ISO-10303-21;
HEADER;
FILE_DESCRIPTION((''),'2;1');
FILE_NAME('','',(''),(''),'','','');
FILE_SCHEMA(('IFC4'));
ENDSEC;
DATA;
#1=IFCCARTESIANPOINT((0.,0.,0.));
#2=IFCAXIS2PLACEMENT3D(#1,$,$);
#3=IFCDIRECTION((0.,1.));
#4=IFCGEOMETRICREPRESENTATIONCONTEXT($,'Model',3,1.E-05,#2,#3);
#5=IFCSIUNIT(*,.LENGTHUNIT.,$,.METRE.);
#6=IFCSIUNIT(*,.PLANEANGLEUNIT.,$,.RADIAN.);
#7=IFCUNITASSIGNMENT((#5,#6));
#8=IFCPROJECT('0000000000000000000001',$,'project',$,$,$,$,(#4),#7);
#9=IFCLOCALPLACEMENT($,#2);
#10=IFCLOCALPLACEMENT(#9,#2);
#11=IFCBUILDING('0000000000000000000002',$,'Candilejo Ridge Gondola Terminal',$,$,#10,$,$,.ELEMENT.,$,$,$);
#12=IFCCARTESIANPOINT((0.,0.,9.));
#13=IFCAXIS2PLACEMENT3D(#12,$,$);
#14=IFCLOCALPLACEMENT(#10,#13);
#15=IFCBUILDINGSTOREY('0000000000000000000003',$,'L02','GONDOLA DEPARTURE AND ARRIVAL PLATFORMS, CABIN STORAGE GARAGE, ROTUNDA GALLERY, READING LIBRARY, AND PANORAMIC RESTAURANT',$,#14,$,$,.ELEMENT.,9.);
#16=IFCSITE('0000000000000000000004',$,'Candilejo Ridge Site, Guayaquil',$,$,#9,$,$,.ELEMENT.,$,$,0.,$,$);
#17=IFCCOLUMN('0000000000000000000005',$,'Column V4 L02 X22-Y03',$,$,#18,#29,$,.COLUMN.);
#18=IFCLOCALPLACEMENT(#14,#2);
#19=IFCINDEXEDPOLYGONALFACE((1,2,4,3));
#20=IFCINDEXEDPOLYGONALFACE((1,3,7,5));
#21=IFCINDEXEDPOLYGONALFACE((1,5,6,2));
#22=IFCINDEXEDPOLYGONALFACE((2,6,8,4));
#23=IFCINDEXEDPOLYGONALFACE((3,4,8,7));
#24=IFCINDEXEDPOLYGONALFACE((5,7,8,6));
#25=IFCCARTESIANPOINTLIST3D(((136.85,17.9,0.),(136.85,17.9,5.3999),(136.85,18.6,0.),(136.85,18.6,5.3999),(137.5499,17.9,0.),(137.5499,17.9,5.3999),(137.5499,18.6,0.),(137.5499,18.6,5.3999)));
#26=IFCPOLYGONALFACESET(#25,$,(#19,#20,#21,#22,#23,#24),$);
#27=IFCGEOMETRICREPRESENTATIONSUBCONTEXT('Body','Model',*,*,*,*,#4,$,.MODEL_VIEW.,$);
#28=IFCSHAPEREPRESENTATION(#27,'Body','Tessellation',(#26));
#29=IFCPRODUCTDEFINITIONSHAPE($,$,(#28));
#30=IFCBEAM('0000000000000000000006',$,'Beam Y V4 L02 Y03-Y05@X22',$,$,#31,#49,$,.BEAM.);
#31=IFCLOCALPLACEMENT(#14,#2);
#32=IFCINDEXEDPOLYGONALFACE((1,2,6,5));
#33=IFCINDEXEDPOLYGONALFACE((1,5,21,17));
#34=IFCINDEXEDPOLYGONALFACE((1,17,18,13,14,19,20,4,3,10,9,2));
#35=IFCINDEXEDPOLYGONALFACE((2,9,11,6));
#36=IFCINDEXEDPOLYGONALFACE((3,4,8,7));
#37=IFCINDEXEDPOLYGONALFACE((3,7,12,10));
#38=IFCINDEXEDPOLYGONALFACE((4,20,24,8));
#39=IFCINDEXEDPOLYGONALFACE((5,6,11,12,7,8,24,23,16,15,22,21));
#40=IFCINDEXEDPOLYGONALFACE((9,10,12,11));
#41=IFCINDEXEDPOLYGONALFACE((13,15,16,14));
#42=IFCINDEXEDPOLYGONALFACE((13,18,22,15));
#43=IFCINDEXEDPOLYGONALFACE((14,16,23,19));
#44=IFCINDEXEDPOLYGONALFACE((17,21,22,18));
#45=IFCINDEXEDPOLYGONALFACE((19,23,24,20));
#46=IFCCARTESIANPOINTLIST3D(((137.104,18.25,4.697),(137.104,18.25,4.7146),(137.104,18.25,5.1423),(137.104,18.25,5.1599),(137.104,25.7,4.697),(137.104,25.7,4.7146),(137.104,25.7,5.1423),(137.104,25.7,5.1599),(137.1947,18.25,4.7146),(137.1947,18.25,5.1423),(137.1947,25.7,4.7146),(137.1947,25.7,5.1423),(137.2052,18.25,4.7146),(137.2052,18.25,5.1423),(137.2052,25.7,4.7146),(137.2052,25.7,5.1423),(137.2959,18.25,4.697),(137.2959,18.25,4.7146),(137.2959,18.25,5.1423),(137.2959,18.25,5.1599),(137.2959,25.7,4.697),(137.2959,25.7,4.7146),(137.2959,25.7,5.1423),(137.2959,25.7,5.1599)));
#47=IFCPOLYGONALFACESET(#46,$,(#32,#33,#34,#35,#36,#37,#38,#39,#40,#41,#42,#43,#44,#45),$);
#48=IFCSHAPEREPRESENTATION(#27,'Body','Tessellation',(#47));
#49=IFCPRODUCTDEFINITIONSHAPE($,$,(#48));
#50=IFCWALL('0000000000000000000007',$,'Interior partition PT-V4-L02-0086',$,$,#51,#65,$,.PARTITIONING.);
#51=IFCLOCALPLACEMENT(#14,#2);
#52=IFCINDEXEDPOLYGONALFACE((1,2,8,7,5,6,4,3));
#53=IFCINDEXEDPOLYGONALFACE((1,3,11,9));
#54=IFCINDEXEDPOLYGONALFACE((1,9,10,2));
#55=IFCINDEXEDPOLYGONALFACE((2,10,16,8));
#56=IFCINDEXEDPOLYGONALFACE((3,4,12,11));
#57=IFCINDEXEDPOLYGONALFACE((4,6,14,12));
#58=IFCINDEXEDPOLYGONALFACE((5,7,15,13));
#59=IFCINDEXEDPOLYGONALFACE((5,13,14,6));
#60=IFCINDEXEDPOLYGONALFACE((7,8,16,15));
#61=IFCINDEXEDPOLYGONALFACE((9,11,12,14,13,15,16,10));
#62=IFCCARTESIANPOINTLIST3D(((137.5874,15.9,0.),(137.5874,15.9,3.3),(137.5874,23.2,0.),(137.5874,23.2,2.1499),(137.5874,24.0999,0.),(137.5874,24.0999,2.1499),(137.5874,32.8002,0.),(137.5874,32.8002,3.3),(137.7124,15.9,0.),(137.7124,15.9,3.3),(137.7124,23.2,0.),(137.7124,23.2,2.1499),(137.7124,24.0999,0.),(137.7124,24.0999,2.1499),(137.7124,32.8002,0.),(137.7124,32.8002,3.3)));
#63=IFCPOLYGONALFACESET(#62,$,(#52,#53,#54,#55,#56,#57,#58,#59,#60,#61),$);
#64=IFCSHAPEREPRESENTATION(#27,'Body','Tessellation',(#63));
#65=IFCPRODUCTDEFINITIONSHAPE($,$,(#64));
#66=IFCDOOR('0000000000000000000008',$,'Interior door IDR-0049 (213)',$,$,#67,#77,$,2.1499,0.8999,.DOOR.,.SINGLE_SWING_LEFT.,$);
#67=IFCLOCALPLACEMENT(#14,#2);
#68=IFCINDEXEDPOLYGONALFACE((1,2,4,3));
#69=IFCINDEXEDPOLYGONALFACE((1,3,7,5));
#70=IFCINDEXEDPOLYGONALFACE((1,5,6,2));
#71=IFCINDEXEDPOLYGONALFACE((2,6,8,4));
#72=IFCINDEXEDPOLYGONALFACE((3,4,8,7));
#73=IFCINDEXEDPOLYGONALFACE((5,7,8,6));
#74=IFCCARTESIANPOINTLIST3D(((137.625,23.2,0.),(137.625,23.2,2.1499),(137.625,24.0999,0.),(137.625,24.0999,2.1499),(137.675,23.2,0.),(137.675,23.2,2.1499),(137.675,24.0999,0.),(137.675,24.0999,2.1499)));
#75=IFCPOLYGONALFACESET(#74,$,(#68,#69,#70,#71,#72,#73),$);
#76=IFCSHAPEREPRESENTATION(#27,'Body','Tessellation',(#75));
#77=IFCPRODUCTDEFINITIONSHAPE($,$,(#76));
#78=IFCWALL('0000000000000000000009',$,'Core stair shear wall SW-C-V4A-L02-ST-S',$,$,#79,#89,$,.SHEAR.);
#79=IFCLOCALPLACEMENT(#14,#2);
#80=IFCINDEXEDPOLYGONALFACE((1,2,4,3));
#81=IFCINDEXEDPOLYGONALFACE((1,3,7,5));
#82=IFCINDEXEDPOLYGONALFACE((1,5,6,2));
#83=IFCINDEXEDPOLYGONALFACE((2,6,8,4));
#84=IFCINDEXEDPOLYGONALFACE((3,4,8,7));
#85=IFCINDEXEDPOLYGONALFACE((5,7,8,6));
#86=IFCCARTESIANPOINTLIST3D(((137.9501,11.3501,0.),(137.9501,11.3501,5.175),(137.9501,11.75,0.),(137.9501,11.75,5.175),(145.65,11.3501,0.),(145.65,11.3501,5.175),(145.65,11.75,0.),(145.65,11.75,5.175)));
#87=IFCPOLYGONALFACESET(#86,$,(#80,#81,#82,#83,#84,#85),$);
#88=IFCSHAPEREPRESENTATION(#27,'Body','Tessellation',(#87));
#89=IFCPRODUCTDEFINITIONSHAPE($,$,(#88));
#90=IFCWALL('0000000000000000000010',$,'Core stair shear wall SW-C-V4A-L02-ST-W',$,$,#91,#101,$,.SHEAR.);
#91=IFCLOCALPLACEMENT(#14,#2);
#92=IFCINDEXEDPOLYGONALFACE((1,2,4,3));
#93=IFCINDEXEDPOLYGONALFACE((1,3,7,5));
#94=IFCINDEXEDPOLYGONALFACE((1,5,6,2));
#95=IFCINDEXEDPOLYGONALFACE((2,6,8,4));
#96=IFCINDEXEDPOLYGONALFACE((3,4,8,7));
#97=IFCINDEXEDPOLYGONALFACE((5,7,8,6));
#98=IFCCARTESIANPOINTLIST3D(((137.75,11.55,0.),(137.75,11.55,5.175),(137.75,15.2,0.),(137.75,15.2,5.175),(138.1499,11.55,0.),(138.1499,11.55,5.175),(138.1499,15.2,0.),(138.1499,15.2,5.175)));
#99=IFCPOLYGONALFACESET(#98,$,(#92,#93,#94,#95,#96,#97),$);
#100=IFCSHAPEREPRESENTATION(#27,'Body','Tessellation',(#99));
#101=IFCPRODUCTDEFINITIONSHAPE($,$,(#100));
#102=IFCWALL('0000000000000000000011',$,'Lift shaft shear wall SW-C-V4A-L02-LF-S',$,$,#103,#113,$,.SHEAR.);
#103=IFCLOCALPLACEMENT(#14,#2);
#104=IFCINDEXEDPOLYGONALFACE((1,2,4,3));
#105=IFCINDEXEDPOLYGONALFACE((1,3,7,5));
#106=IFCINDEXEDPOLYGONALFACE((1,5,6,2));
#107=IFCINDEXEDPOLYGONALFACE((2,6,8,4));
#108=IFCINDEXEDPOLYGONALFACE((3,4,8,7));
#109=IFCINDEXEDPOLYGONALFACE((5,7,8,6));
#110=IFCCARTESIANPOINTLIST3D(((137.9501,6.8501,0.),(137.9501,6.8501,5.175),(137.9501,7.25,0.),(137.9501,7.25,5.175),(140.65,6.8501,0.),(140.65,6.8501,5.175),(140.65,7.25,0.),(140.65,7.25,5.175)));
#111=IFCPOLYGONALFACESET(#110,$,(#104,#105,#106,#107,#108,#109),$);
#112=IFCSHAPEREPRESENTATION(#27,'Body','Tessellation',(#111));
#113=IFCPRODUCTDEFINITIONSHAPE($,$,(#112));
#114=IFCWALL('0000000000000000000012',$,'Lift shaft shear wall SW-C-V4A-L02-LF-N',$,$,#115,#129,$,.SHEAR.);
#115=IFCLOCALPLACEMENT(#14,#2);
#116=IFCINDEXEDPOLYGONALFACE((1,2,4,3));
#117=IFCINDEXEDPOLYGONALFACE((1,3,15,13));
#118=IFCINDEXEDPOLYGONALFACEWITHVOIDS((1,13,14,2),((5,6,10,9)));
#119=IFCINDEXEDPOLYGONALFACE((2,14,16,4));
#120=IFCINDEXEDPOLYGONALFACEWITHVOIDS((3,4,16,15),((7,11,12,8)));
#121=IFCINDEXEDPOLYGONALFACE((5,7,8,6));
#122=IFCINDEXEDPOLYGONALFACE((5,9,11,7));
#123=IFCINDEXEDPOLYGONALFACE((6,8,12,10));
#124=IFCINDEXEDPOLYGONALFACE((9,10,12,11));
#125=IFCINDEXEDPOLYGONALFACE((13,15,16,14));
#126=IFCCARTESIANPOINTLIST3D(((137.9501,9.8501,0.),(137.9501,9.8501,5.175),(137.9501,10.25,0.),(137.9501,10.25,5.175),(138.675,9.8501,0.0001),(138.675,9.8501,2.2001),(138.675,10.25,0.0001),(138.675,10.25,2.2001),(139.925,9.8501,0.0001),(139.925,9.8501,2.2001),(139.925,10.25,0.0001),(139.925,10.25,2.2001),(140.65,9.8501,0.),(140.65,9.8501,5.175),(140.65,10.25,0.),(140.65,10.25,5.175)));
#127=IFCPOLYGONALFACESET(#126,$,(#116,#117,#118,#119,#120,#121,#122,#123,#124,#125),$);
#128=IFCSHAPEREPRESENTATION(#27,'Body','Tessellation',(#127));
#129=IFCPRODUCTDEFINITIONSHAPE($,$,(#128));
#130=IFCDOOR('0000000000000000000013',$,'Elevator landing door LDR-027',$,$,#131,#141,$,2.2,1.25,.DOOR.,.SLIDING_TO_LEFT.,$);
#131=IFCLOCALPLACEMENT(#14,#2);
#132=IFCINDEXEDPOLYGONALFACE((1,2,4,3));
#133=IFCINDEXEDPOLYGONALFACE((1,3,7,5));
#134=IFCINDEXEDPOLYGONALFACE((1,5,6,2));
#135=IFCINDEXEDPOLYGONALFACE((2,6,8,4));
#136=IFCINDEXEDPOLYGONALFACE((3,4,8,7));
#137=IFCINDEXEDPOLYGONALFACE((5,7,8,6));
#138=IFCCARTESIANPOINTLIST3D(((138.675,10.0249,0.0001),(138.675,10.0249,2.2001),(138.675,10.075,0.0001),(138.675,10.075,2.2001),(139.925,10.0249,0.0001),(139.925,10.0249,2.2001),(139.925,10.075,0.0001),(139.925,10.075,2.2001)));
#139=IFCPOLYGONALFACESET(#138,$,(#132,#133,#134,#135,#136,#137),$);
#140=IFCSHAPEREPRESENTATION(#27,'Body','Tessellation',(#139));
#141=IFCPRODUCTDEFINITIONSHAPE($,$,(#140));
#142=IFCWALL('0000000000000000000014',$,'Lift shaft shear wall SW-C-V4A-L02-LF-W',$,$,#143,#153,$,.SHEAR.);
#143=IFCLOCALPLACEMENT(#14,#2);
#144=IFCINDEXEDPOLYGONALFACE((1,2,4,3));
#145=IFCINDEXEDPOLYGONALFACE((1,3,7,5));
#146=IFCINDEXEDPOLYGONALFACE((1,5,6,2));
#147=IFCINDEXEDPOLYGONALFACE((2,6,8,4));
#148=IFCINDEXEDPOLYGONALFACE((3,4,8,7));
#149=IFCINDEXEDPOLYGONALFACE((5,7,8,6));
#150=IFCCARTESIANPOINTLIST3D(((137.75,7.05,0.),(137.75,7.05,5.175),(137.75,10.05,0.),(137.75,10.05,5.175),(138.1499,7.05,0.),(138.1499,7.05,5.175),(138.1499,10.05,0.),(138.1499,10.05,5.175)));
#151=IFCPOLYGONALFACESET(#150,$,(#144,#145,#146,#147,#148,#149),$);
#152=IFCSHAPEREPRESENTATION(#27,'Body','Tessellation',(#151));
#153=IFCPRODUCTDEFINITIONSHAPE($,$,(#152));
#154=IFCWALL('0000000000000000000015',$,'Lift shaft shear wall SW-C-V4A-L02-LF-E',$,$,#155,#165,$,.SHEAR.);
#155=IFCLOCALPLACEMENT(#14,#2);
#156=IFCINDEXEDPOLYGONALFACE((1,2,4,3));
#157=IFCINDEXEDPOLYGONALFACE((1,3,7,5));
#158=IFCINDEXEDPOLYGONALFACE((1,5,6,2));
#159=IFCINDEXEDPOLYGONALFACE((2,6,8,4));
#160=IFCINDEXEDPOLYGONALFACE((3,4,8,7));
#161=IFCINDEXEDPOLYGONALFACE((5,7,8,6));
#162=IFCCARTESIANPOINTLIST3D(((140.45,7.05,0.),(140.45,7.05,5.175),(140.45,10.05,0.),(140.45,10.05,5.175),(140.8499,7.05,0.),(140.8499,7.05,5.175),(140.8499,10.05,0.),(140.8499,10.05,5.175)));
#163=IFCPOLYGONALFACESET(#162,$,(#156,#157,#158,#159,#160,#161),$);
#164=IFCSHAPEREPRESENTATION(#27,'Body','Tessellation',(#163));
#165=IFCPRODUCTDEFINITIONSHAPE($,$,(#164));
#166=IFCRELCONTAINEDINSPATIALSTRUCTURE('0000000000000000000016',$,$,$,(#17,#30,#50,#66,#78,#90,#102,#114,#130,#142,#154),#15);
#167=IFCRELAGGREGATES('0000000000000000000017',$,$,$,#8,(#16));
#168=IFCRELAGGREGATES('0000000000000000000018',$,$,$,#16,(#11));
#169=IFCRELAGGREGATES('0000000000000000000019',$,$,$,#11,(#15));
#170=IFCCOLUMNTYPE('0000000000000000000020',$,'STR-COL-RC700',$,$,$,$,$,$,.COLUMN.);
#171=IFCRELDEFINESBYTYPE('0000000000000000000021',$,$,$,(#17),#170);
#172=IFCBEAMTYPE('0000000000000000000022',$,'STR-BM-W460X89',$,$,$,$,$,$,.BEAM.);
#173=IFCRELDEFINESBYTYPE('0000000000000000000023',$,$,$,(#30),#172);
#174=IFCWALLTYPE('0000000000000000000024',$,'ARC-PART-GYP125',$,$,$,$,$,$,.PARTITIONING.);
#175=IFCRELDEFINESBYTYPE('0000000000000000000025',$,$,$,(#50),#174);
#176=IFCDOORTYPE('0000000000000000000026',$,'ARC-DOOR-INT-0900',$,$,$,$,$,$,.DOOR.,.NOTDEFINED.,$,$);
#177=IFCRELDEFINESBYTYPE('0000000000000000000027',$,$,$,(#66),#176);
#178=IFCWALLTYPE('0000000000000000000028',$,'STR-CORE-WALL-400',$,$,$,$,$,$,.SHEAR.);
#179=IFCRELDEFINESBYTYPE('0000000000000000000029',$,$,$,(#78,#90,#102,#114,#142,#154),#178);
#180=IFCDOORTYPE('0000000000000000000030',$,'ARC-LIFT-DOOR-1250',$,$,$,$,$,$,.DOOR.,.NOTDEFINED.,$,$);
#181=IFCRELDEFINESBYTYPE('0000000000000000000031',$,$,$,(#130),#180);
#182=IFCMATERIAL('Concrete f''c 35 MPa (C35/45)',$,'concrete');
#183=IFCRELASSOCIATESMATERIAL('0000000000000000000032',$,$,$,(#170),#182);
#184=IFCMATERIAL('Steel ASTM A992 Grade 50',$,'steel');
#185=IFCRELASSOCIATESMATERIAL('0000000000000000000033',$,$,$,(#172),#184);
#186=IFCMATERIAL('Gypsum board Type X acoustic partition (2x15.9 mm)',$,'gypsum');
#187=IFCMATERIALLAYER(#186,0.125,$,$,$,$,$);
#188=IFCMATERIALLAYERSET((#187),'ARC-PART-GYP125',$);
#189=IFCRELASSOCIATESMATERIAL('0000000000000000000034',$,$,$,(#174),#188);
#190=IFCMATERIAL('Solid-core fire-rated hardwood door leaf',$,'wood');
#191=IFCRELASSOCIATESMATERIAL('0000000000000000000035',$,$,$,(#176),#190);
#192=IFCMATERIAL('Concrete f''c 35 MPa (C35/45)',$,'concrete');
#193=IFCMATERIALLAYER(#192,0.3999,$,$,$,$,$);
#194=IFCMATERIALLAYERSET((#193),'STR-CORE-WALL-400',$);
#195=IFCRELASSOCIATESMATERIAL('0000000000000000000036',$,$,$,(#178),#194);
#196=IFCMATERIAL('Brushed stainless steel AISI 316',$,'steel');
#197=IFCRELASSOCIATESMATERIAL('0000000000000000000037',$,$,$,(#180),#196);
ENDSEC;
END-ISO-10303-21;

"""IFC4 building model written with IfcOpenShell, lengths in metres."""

from ifc_helpers import new_model, si_unit, direction, frame, frame_2d, origin, origin_2d, place, context, subcontext, project, spatial, rectangle, i_section, extrude, material, layer, layer_set, material_profile, profile_set, type_object, element, fill, save


model = new_model("IFC4")

# Units and contexts
model_context = context("Model", 3, precision=1e-05, world=origin(), true_north=direction((0.0, 1.0)))
body_context = subcontext(model_context, "Body", "Model", "MODEL_VIEW")
ifc_project = project(units=[si_unit("LENGTHUNIT", "METRE"), si_unit("PLANEANGLEUNIT", "RADIAN")], contexts=[model_context])

# Site, building, storey
site_placement = place(None, origin())
site = spatial("IfcSite", under=ifc_project, at=site_placement, Name="Candilejo Ridge Site, Guayaquil", CompositionType="ELEMENT", RefElevation=0.0)
building_placement = place(site_placement, origin())
building = spatial("IfcBuilding", under=site, at=building_placement, Name="Candilejo Ridge Gondola Terminal", CompositionType="ELEMENT")
storey_placement = place(building_placement, frame((0.0, 0.0, 9.0)))
storey = spatial("IfcBuildingStorey", under=building, at=storey_placement, Name="L02", Description="GONDOLA DEPARTURE AND ARRIVAL PLATFORMS, CABIN STORAGE GARAGE, ROTUNDA GALLERY, READING LIBRARY, AND PANORAMIC RESTAURANT", CompositionType="ELEMENT", Elevation=9.0)

# Column
ifc_material_1 = material(Name="Concrete f'c 35 MPa (C35/45)", Category="concrete")
ifc_material_profile_1 = material_profile(ifc_material_1, rectangle(XDim=0.7, YDim=0.7, at=origin_2d()))
ifc_profile_set_1 = profile_set([ifc_material_profile_1], Name="Concrete f'c 35 MPa (C35/45)")
column_type = type_object("IfcColumnType", Name="STR-COL-RC700", PredefinedType="COLUMN", material=ifc_profile_set_1)
column_placement = place(storey_placement, frame((137.2, 18.25, 0.0), z_axis=(0.0, 0.0, 1.0), x_axis=(1.0, 0.0, 0.0)))
element("IfcColumn", 1, at=column_placement, inside=storey, type_object=column_type, Name="Column V4 L02 X22-Y03", PredefinedType="COLUMN", context=body_context, shape_type="SweptSolid", body=[
    extrude(rectangle(XDim=0.7, YDim=0.7, at=origin_2d()), origin(), (0.0, 0.0, 1.0), 5.3999),
])

# Beam
ifc_material_2 = material(Name="Steel ASTM A992 Grade 50", Category="steel")
ifc_material_profile_2 = material_profile(ifc_material_2, i_section(OverallWidth=0.1919, OverallDepth=0.4629, WebThickness=0.0105, FlangeThickness=0.0176, at=origin_2d()))
ifc_profile_set_2 = profile_set([ifc_material_profile_2], Name="Steel ASTM A992 Grade 50")
beam_type = type_object("IfcBeamType", Name="STR-BM-W460X89", PredefinedType="BEAM", material=ifc_profile_set_2)
beam_placement = place(storey_placement, frame((137.2, 18.25, 4.9285), z_axis=(0.0, 1.0, 0.0), x_axis=(-1.0, 0.0, 0.0)))
element("IfcBeam", 2, at=beam_placement, inside=storey, type_object=beam_type, Name="Beam Y V4 L02 Y03-Y05@X22", PredefinedType="BEAM", context=body_context, shape_type="SweptSolid", body=[
    extrude(i_section(OverallWidth=0.1919, OverallDepth=0.4629, WebThickness=0.0105, FlangeThickness=0.0176, at=origin_2d()), origin(), (0.0, 0.0, 1.0), 7.45),
])

# Wall, opening, door
ifc_material_3 = material(Name="Gypsum board Type X acoustic partition (2x15.9 mm)", Category="gypsum")
ifc_layer_1 = layer(ifc_material_3, 0.125)
ifc_layer_set_1 = layer_set([ifc_layer_1], Name="ARC-PART-GYP125")
wall_type_1 = type_object("IfcWallType", Name="ARC-PART-GYP125", PredefinedType="PARTITIONING", material=ifc_layer_set_1)
wall_1_placement = place(storey_placement, frame((137.6499, 15.8999, 0.0), z_axis=(0.0, 0.0, 1.0), x_axis=(0.0, 1.0, 0.0)))
wall_1 = element("IfcWall", 3, at=wall_1_placement, inside=storey, type_object=wall_type_1, Name="Interior partition PT-V4-L02-0086", PredefinedType="PARTITIONING", context=body_context, shape_type="SweptSolid", body=[
    extrude(rectangle(XDim=16.9001, YDim=0.125, at=frame_2d((8.4502, 0.0))), origin(), (0.0, 0.0, 1.0), 3.3),
])
opening_1_placement = place(wall_1_placement, frame((7.3, 0.0, 0.0)))
opening_1 = element("IfcOpeningElement", 4, at=opening_1_placement, cuts=wall_1, PredefinedType="OPENING", context=body_context, shape_type="SweptSolid", body=[
    extrude(rectangle(XDim=0.8999, YDim=2.1499, at=frame_2d((0.45, 1.075))), frame((0.0, 0.0725, 0.0), z_axis=(0.0, -1.0, 0.0), x_axis=(1.0, 0.0, 0.0)), (0.0, 0.0, 1.0), 0.145),
])
ifc_material_4 = material(Name="Solid-core fire-rated hardwood door leaf", Category="wood")
door_type_1 = type_object("IfcDoorType", Name="ARC-DOOR-INT-0900", OperationType="NOTDEFINED", PredefinedType="DOOR", material=ifc_material_4)
door_1_placement = place(opening_1_placement, origin())
door_1 = element("IfcDoor", 5, at=door_1_placement, inside=storey, type_object=door_type_1, Name="Interior door IDR-0049 (213)", OperationType="SINGLE_SWING_LEFT", OverallHeight=2.1499, OverallWidth=0.8999, PredefinedType="DOOR", context=body_context, shape_type="SweptSolid", body=[
    extrude(rectangle(XDim=0.8999, YDim=2.1499, at=frame_2d((0.45, 1.075))), frame((0.0, 0.0249, 0.0), z_axis=(0.0, -1.0, 0.0), x_axis=(1.0, 0.0, 0.0)), (0.0, 0.0, 1.0), 0.05),
])
fill(opening_1, door_1)

# Walls
ifc_material_5 = material(Name="Concrete f'c 35 MPa (C35/45)", Category="concrete")
ifc_layer_2 = layer(ifc_material_5, 0.3999)
ifc_layer_set_2 = layer_set([ifc_layer_2], Name="STR-CORE-WALL-400")
wall_type_2 = type_object("IfcWallType", Name="STR-CORE-WALL-400", PredefinedType="SHEAR", material=ifc_layer_set_2)
wall_2_placement = place(storey_placement, frame((137.95, 11.55, 0.0), z_axis=(0.0, 0.0, 1.0), x_axis=(1.0, 0.0, 0.0)))
element("IfcWall", 6, at=wall_2_placement, inside=storey, type_object=wall_type_2, Name="Core stair shear wall SW-C-V4A-L02-ST-S", PredefinedType="SHEAR", context=body_context, shape_type="SweptSolid", body=[
    extrude(rectangle(XDim=7.7, YDim=0.3999, at=frame_2d((3.8501, 0.0))), origin(), (0.0, 0.0, 1.0), 5.175),
])
wall_3_placement = place(storey_placement, frame((137.95, 15.2, 0.0), z_axis=(0.0, 0.0, 1.0), x_axis=(0.0, -1.0, 0.0)))
element("IfcWall", 7, at=wall_3_placement, inside=storey, type_object=wall_type_2, Name="Core stair shear wall SW-C-V4A-L02-ST-W", PredefinedType="SHEAR", context=body_context, shape_type="SweptSolid", body=[
    extrude(rectangle(XDim=3.6499, YDim=0.3999, at=frame_2d((1.825, 0.0))), origin(), (0.0, 0.0, 1.0), 5.175),
])
wall_4_placement = place(storey_placement, frame((137.95, 7.05, 0.0), z_axis=(0.0, 0.0, 1.0), x_axis=(1.0, 0.0, 0.0)))
element("IfcWall", 8, at=wall_4_placement, inside=storey, type_object=wall_type_2, Name="Lift shaft shear wall SW-C-V4A-L02-LF-S", PredefinedType="SHEAR", context=body_context, shape_type="SweptSolid", body=[
    extrude(rectangle(XDim=2.7, YDim=0.3999, at=frame_2d((1.3501, 0.0))), origin(), (0.0, 0.0, 1.0), 5.175),
])

# Wall, opening, door
wall_5_placement = place(storey_placement, frame((137.95, 10.05, 0.0), z_axis=(0.0, 0.0, 1.0), x_axis=(1.0, 0.0, 0.0)))
wall_5 = element("IfcWall", 9, at=wall_5_placement, inside=storey, type_object=wall_type_2, Name="Lift shaft shear wall SW-C-V4A-L02-LF-N", PredefinedType="SHEAR", context=body_context, shape_type="SweptSolid", body=[
    extrude(rectangle(XDim=2.7, YDim=0.3999, at=frame_2d((1.3501, 0.0))), origin(), (0.0, 0.0, 1.0), 5.175),
])
opening_2_placement = place(wall_5_placement, frame((0.7251, 0.0, 0.0)))
opening_2 = element("IfcOpeningElement", 10, at=opening_2_placement, cuts=wall_5, PredefinedType="OPENING", context=body_context, shape_type="SweptSolid", body=[
    extrude(rectangle(XDim=1.25, YDim=2.2, at=frame_2d((0.625, 1.1001))), frame((0.0, 0.21, 0.0), z_axis=(0.0, -1.0, 0.0), x_axis=(1.0, 0.0, 0.0)), (0.0, 0.0, 1.0), 0.4199),
])
ifc_material_6 = material(Name="Brushed stainless steel AISI 316", Category="steel")
door_type_2 = type_object("IfcDoorType", Name="ARC-LIFT-DOOR-1250", OperationType="NOTDEFINED", PredefinedType="DOOR", material=ifc_material_6)
door_2_placement = place(opening_2_placement, origin())
door_2 = element("IfcDoor", 11, at=door_2_placement, inside=storey, type_object=door_type_2, Name="Elevator landing door LDR-027", OperationType="SLIDING_TO_LEFT", OverallHeight=2.2, OverallWidth=1.25, PredefinedType="DOOR", context=body_context, shape_type="SweptSolid", body=[
    extrude(rectangle(XDim=1.25, YDim=2.2, at=frame_2d((0.625, 1.1001))), frame((0.0, 0.0249, 0.0), z_axis=(0.0, -1.0, 0.0), x_axis=(1.0, 0.0, 0.0)), (0.0, 0.0, 1.0), 0.05),
])
fill(opening_2, door_2)

# Walls
for number, where, z_axis, x_axis, name in (
    (12, (137.95, 7.05, 0.0), (0.0, 0.0, 1.0), (0.0, 1.0, 0.0), "Lift shaft shear wall SW-C-V4A-L02-LF-W"),
    (13, (140.6499, 7.05, 0.0), (0.0, 0.0, 1.0), (0.0, 1.0, 0.0), "Lift shaft shear wall SW-C-V4A-L02-LF-E"),
):
    element("IfcWall", number, at=place(storey_placement, frame(where, z_axis=z_axis, x_axis=x_axis)), inside=storey, type_object=wall_type_2, Name=name, PredefinedType="SHEAR", context=body_context, shape_type="SweptSolid", body=[
        extrude(rectangle(XDim=3.0, YDim=0.3999, at=frame_2d((1.5, 0.0))), origin(), (0.0, 0.0, 1.0), 5.175),
    ])

save(model, "model.ifc")
